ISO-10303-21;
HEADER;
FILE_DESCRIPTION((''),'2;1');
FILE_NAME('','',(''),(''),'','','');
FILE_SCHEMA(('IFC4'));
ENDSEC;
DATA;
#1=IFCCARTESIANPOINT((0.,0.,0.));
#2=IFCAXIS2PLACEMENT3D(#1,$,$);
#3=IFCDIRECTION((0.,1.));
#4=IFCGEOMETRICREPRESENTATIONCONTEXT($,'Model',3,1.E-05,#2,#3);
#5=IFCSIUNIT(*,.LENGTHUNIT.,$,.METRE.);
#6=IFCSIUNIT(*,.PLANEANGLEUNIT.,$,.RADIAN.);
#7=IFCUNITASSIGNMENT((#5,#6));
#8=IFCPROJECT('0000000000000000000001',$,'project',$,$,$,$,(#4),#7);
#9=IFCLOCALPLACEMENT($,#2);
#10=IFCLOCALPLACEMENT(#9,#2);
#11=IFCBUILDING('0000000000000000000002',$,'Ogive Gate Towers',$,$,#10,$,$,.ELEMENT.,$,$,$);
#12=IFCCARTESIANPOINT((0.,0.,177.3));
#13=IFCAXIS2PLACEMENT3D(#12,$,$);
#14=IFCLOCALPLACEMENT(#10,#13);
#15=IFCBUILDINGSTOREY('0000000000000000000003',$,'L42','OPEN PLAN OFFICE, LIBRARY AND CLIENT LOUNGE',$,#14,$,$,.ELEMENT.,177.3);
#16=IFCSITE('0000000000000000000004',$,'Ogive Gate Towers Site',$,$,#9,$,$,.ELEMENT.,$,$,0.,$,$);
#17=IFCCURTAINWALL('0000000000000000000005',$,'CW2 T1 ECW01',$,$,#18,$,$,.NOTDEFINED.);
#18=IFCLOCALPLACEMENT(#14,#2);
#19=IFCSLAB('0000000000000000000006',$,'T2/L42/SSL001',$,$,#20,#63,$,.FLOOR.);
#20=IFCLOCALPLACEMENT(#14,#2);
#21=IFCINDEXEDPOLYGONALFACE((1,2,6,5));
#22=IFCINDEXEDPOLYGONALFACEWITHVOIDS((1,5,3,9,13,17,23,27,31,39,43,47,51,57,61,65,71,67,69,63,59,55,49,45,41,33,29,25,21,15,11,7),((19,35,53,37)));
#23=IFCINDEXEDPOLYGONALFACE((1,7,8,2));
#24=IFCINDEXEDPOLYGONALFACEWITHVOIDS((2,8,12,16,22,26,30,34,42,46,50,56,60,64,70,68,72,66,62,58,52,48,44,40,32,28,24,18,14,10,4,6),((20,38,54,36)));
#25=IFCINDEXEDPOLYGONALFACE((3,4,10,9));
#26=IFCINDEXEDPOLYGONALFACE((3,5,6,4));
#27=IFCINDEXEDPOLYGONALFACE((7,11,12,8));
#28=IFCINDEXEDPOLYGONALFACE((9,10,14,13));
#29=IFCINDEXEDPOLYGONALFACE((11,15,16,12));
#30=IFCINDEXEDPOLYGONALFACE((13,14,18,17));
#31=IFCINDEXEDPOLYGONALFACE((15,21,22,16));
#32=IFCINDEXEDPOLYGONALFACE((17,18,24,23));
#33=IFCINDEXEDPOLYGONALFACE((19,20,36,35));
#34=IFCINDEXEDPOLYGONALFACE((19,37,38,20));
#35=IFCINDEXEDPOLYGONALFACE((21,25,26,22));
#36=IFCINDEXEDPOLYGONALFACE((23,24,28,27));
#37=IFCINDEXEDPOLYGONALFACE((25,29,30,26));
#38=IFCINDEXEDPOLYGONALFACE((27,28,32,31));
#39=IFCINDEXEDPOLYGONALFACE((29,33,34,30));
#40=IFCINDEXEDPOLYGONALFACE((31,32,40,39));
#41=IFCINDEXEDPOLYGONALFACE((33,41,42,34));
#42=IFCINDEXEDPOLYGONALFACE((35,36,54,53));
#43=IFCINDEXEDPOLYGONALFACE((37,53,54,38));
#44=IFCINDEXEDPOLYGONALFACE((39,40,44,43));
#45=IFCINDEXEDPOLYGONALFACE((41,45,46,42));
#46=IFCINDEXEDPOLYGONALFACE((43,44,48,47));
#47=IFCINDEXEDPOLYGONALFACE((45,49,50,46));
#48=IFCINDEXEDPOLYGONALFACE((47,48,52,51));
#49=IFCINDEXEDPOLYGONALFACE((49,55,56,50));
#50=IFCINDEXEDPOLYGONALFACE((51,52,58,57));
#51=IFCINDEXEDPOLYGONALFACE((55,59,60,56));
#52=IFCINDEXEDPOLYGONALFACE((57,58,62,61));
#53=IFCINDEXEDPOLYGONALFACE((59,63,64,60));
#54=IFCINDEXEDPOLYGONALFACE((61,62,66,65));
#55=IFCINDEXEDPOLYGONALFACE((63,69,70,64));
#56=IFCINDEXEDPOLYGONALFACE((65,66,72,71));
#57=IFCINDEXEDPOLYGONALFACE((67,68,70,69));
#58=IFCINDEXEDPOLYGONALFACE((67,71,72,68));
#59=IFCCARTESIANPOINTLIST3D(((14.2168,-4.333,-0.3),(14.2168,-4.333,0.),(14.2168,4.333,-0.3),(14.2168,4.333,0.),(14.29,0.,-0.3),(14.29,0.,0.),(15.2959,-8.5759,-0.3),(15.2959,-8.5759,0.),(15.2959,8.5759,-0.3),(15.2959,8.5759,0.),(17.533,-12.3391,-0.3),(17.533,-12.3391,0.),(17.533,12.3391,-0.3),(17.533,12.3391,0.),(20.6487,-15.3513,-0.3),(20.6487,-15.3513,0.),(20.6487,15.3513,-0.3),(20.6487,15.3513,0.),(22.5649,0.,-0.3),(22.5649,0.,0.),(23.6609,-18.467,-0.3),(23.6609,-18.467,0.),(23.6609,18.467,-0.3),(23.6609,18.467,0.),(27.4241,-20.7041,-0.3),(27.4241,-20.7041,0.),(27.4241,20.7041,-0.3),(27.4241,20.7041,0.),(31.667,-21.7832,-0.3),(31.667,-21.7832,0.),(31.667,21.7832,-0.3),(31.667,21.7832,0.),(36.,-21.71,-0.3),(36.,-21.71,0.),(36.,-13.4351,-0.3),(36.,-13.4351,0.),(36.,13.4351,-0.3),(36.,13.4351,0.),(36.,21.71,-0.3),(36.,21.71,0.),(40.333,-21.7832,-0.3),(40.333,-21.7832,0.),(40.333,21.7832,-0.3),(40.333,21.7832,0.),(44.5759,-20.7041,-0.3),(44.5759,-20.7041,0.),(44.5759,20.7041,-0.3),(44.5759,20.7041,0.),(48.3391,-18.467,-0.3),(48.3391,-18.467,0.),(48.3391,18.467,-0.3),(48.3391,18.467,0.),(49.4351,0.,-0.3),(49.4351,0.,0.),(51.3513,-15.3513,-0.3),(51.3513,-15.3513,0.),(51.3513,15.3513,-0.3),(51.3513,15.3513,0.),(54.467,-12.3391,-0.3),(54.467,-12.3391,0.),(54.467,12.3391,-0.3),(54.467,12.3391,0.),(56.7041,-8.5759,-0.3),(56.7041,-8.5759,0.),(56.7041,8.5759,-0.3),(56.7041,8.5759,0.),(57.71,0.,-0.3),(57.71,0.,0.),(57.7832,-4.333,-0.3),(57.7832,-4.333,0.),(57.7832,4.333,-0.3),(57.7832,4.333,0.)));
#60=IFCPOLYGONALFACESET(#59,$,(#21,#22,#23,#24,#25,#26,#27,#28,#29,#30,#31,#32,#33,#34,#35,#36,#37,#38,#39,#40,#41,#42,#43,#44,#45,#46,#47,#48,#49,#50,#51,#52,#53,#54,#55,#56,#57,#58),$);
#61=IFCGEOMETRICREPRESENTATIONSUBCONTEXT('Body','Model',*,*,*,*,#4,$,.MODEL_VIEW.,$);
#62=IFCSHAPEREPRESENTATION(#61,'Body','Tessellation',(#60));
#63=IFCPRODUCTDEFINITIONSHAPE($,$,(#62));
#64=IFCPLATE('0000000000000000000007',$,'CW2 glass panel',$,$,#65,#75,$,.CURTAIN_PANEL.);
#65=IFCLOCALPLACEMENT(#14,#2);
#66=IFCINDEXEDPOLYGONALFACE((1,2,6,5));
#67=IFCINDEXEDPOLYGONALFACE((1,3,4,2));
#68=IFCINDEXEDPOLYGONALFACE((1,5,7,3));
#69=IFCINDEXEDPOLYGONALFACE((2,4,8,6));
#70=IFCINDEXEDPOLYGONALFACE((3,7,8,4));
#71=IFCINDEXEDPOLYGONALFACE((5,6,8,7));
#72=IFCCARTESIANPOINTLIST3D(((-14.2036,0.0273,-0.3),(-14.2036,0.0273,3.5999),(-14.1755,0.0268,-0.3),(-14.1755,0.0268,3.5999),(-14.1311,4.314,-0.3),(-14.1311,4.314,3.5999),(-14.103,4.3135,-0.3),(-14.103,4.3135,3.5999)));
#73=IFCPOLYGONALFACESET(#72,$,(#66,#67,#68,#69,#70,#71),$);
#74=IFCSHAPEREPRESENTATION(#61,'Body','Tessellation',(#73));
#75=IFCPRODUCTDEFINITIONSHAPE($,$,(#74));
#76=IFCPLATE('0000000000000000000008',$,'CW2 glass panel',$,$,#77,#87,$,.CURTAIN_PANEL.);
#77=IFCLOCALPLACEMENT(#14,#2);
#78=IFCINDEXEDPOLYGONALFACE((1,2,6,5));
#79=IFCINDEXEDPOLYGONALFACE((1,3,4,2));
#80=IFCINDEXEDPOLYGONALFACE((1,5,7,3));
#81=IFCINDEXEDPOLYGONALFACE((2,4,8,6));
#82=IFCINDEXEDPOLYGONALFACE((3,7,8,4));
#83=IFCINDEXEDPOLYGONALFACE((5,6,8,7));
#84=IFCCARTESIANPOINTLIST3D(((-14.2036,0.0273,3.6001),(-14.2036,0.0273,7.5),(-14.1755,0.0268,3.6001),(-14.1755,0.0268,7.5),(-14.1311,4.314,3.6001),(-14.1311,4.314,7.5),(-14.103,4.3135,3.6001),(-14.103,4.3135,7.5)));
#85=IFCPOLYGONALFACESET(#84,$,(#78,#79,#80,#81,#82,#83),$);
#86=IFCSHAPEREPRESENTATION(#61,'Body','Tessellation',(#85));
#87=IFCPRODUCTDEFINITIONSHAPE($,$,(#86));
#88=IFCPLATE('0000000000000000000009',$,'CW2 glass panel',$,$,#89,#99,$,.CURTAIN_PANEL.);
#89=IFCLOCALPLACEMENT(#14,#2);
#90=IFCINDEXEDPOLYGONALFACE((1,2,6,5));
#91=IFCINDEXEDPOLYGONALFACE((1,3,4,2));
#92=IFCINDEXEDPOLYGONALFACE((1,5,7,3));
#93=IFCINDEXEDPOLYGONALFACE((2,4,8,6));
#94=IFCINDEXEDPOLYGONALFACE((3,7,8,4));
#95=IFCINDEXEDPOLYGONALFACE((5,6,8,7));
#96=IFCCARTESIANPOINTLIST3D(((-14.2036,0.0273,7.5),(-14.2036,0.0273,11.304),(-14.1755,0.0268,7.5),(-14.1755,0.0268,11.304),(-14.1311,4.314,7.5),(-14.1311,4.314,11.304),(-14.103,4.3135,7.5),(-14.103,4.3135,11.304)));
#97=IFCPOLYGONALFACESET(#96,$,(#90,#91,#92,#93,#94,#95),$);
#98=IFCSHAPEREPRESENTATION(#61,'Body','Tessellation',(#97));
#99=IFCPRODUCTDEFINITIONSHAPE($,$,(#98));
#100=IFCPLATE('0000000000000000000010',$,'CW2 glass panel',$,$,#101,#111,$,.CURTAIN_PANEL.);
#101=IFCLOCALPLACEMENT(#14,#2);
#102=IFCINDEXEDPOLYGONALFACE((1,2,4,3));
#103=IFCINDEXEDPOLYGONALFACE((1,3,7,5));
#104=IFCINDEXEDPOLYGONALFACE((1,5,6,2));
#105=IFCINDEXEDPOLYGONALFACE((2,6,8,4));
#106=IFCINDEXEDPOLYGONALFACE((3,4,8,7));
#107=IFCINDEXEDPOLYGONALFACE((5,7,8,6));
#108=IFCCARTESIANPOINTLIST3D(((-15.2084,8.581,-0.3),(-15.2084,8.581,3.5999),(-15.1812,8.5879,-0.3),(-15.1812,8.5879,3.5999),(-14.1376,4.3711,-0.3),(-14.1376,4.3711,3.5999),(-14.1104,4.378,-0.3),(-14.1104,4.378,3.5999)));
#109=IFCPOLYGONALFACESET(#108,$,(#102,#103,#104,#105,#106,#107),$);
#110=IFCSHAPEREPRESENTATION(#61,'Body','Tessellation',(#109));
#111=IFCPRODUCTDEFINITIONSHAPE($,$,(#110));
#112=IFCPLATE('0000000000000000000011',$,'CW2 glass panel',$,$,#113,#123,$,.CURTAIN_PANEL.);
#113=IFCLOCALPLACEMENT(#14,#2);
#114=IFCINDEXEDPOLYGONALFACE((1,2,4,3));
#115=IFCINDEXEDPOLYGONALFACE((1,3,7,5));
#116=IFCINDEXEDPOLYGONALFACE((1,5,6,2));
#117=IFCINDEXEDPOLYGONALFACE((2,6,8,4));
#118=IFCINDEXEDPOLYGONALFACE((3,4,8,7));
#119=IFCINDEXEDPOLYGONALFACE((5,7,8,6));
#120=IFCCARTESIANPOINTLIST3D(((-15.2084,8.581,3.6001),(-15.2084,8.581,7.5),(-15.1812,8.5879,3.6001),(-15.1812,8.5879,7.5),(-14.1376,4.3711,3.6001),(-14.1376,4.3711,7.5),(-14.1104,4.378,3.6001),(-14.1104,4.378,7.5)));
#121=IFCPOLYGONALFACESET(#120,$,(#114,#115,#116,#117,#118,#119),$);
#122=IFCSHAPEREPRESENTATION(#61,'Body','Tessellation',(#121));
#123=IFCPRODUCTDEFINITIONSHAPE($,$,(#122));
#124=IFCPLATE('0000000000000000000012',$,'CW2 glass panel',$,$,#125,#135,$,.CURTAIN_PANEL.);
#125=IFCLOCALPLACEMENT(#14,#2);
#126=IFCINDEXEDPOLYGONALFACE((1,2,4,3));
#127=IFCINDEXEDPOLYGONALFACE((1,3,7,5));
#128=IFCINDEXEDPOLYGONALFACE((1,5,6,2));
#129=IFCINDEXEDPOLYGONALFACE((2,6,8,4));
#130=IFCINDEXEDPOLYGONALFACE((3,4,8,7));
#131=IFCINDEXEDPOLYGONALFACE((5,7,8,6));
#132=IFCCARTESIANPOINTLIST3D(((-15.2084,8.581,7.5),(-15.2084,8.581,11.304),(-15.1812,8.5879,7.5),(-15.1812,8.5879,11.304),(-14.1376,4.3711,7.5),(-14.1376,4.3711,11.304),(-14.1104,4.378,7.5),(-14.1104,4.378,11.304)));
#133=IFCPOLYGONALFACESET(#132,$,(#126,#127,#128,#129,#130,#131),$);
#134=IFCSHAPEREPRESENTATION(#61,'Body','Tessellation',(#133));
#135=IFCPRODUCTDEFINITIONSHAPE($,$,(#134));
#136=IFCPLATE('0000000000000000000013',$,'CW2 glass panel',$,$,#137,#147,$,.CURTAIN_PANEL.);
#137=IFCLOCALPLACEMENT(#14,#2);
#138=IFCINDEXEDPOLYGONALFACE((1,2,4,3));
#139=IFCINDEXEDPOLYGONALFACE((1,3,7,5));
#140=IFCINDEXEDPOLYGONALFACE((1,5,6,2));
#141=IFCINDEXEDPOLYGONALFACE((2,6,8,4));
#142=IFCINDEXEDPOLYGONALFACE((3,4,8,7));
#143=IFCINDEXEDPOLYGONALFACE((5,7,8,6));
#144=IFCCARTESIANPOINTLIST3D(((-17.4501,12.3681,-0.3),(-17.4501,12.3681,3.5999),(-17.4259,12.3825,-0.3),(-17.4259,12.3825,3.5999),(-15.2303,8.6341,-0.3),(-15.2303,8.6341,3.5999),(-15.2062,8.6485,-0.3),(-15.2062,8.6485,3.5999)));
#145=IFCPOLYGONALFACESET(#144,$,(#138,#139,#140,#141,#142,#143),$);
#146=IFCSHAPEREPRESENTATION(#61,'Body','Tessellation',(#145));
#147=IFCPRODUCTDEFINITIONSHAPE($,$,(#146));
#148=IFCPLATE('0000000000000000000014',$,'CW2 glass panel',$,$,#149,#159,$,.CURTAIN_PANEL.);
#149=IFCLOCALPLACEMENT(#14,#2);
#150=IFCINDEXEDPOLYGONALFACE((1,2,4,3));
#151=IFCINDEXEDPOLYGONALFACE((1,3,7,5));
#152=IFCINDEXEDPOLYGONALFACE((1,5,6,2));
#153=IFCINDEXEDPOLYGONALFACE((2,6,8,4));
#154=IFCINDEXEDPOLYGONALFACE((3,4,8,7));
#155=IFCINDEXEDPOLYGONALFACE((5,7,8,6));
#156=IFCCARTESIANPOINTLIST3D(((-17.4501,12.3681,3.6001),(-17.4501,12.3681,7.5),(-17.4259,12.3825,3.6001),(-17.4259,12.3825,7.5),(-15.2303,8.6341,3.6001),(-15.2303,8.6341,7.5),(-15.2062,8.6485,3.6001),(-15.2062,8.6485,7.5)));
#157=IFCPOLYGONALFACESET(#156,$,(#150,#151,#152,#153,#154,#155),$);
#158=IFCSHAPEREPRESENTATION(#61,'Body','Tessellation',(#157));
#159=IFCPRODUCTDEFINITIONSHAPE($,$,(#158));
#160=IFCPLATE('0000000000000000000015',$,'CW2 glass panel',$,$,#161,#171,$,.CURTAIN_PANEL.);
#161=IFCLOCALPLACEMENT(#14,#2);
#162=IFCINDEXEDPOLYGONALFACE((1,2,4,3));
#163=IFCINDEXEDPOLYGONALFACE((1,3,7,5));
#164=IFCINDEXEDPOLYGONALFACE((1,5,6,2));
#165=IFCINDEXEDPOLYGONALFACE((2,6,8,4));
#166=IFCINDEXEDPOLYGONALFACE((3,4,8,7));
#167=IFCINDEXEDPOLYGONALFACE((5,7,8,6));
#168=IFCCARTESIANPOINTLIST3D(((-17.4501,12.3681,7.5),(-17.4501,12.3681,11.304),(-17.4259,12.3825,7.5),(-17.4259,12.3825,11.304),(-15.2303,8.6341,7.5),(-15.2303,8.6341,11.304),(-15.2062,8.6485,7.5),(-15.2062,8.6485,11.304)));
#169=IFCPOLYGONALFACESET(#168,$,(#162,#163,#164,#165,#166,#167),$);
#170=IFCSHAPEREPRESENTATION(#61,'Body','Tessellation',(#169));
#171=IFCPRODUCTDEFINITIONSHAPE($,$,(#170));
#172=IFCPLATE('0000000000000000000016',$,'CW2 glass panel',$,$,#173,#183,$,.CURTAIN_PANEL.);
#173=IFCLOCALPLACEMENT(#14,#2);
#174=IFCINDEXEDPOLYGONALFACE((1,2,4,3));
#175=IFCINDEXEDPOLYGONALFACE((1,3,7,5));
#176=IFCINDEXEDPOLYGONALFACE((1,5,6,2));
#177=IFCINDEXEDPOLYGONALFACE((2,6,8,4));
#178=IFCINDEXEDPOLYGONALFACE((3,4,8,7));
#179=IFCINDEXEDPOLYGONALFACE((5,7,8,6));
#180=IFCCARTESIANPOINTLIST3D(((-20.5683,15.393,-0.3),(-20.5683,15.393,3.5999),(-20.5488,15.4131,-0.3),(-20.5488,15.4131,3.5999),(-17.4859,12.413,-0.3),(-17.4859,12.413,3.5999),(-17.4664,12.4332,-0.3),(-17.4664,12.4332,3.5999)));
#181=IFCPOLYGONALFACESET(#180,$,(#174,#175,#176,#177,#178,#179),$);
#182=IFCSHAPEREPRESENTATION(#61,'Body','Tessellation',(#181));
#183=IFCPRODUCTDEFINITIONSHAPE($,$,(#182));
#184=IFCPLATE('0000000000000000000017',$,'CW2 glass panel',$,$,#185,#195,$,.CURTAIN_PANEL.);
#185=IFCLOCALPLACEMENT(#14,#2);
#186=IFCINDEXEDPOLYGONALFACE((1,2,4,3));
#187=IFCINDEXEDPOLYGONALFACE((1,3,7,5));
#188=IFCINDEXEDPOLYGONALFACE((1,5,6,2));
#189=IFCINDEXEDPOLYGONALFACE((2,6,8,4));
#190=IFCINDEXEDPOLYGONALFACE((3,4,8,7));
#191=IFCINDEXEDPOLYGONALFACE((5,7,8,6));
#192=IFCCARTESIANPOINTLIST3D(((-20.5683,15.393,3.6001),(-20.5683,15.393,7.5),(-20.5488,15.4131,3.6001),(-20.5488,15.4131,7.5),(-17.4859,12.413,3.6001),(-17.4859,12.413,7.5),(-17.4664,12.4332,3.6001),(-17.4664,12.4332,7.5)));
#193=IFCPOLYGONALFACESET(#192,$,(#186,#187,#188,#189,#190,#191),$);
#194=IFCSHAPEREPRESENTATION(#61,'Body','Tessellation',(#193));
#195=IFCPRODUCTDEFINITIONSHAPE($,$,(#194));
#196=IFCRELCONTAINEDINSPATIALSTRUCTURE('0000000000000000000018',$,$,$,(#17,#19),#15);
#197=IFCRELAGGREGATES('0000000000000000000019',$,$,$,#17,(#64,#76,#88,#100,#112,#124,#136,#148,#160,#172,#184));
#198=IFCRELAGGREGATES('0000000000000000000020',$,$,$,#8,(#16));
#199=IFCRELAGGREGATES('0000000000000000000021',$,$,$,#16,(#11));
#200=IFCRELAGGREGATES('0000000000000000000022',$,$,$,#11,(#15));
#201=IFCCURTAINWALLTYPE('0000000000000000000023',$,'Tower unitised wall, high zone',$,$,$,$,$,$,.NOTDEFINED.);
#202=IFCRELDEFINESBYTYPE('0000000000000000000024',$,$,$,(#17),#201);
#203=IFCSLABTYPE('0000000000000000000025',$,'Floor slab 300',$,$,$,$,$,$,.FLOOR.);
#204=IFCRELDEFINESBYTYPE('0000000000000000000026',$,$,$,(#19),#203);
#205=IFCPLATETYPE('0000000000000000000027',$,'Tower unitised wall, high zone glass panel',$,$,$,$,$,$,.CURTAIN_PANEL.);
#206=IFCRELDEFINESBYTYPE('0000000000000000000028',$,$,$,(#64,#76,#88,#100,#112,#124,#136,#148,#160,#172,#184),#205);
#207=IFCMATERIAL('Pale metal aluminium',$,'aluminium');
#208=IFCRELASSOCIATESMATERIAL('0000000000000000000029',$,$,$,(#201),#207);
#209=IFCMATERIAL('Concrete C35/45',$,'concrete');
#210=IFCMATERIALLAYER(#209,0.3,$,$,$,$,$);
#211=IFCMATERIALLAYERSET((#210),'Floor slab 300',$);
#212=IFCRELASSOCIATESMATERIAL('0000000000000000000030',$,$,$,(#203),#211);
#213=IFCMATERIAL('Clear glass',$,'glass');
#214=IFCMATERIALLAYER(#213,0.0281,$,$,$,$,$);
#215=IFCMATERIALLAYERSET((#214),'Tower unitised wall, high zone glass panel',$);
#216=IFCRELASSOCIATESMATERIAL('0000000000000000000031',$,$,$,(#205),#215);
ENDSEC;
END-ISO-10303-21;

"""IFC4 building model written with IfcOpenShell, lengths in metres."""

from ifc_helpers import new_model, si_unit, direction, frame, origin, origin_2d, place, context, subcontext, project, spatial, polyline, rectangle, outline, extrude, material, layer, layer_set, type_object, element, aggregate, save


model = new_model("IFC4")

# Units and contexts
model_context = context("Model", 3, precision=1e-05, world=origin(), true_north=direction((0.0, 1.0)))
body_context = subcontext(model_context, "Body", "Model", "MODEL_VIEW")
ifc_project = project(units=[si_unit("LENGTHUNIT", "METRE"), si_unit("PLANEANGLEUNIT", "RADIAN")], contexts=[model_context])

# Site, building, storey
site_placement = place(None, origin())
site = spatial("IfcSite", under=ifc_project, at=site_placement, Name="Ogive Gate Towers Site", CompositionType="ELEMENT", RefElevation=0.0)
building_placement = place(site_placement, origin())
building = spatial("IfcBuilding", under=site, at=building_placement, Name="Ogive Gate Towers", CompositionType="ELEMENT")
storey_placement = place(building_placement, frame((0.0, 0.0, 177.3)))
storey = spatial("IfcBuildingStorey", under=building, at=storey_placement, Name="L42", Description="OPEN PLAN OFFICE, LIBRARY AND CLIENT LOUNGE", CompositionType="ELEMENT", Elevation=177.3)

# Curtain wall
ifc_material_1 = material(Name="Pale metal aluminium", Category="aluminium")
curtain_wall_type = type_object("IfcCurtainWallType", Name="Tower unitised wall, high zone", PredefinedType="NOTDEFINED", material=ifc_material_1)
curtain_wall_1_placement = place(storey_placement, origin())
curtain_wall_1 = element("IfcCurtainWall", 1, at=curtain_wall_1_placement, inside=storey, type_object=curtain_wall_type, Name="CW2 T1 ECW01", PredefinedType="NOTDEFINED")

# Slab
ifc_material_2 = material(Name="Concrete C35/45", Category="concrete")
ifc_layer_1 = layer(ifc_material_2, 0.3)
ifc_layer_set_1 = layer_set([ifc_layer_1], Name="Floor slab 300")
slab_type_1 = type_object("IfcSlabType", Name="Floor slab 300", PredefinedType="FLOOR", material=ifc_layer_set_1)
slab_1_placement = place(storey_placement, frame((0.0, 0.0, -0.3)))
element("IfcSlab", 2, at=slab_1_placement, inside=storey, type_object=slab_type_1, Name="T2/L42/SSL001", PredefinedType="FLOOR", context=body_context, shape_type="SweptSolid", body=[
    extrude(outline(polyline([(57.7832, -4.333), (57.71, 0.0), (57.7832, 4.333), (56.7041, 8.5759), (54.467, 12.3391), (51.3513, 15.3513), (48.3391, 18.467), (44.5759, 20.7041), (40.333, 21.7832), (36.0, 21.71), (31.667, 21.7832), (27.4241, 20.7041), (23.6609, 18.467), (20.6487, 15.3513), (17.533, 12.3391), (15.2959, 8.5759), (14.2168, 4.333), (14.29, 0.0), (14.2168, -4.333), (15.2959, -8.5759), (17.533, -12.3391), (20.6487, -15.3513), (23.6609, -18.467), (27.4241, -20.7041), (31.667, -21.7832), (36.0, -21.71), (40.333, -21.7832), (44.5759, -20.7041), (48.3391, -18.467), (51.3513, -15.3513), (54.467, -12.3391), (56.7041, -8.5759), (57.7832, -4.333)]), holes=[polyline([(49.4351, 0.0), (36.0, -13.4351), (22.5649, 0.0), (36.0, 13.4351), (49.4351, 0.0)])]), origin(), (0.0, 0.0, 1.0), 0.3),
])

# Plates
ifc_material_3 = material(Name="Clear glass", Category="glass")
ifc_layer_2 = layer(ifc_material_3, 0.0281)
ifc_layer_set_2 = layer_set([ifc_layer_2], Name="Tower unitised wall, high zone glass panel")
plate_type = type_object("IfcPlateType", Name="Tower unitised wall, high zone glass panel", PredefinedType="CURTAIN_PANEL", material=ifc_layer_set_2)
plate_1_placement = place(storey_placement, frame((-14.1533, 2.1704, -0.3), z_axis=(0.0, 0.0, 1.0), x_axis=(0.016911, 0.999857, 0.0)))
plate_1 = element("IfcPlate", 3, at=plate_1_placement, type_object=plate_type, Name="CW2 glass panel", PredefinedType="CURTAIN_PANEL", context=body_context, shape_type="SweptSolid", body=[
    extrude(rectangle(XDim=4.2874, YDim=0.0281, at=origin_2d()), origin(), (0.0, 0.0, 1.0), 3.8999),
])
plate_2_placement = place(storey_placement, frame((-14.1533, 2.1704, 3.6001), z_axis=(0.0, 0.0, 1.0), x_axis=(0.016911, 0.999857, 0.0)))
plate_2 = element("IfcPlate", 4, at=plate_2_placement, type_object=plate_type, Name="CW2 glass panel", PredefinedType="CURTAIN_PANEL", context=body_context, shape_type="SweptSolid", body=[
    extrude(rectangle(XDim=4.2874, YDim=0.0281, at=origin_2d()), origin(), (0.0, 0.0, 1.0), 3.8999),
])
plate_3_placement = place(storey_placement, frame((-14.1533, 2.1704, 7.5), z_axis=(0.0, 0.0, 1.0), x_axis=(0.016911, 0.999857, 0.0)))
plate_3 = element("IfcPlate", 5, at=plate_3_placement, type_object=plate_type, Name="CW2 glass panel", PredefinedType="CURTAIN_PANEL", context=body_context, shape_type="SweptSolid", body=[
    extrude(rectangle(XDim=4.2874, YDim=0.0281, at=origin_2d()), origin(), (0.0, 0.0, 1.0), 3.804),
])
plate_4_placement = place(storey_placement, frame((-14.6594, 6.4795, -0.3), z_axis=(0.0, 0.0, 1.0), x_axis=(-0.246492, 0.969145, 0.0)))
plate_4 = element("IfcPlate", 6, at=plate_4_placement, type_object=plate_type, Name="CW2 glass panel", PredefinedType="CURTAIN_PANEL", context=body_context, shape_type="SweptSolid", body=[
    extrude(rectangle(XDim=4.344, YDim=0.0281, at=origin_2d()), origin(), (0.0, 0.0, 1.0), 3.8999),
])
plate_5_placement = place(storey_placement, frame((-14.6594, 6.4795, 3.6001), z_axis=(0.0, 0.0, 1.0), x_axis=(-0.246492, 0.969145, 0.0)))
plate_5 = element("IfcPlate", 7, at=plate_5_placement, type_object=plate_type, Name="CW2 glass panel", PredefinedType="CURTAIN_PANEL", context=body_context, shape_type="SweptSolid", body=[
    extrude(rectangle(XDim=4.344, YDim=0.0281, at=origin_2d()), origin(), (0.0, 0.0, 1.0), 3.8999),
])
plate_6_placement = place(storey_placement, frame((-14.6594, 6.4795, 7.5), z_axis=(0.0, 0.0, 1.0), x_axis=(-0.246492, 0.969145, 0.0)))
plate_6 = element("IfcPlate", 8, at=plate_6_placement, type_object=plate_type, Name="CW2 glass panel", PredefinedType="CURTAIN_PANEL", context=body_context, shape_type="SweptSolid", body=[
    extrude(rectangle(XDim=4.344, YDim=0.0281, at=origin_2d()), origin(), (0.0, 0.0, 1.0), 3.804),
])
plate_7_placement = place(storey_placement, frame((-16.3281, 10.5083, -0.3), z_axis=(0.0, 0.0, 1.0), x_axis=(-0.510993, 0.859585, 0.0)))
plate_7 = element("IfcPlate", 9, at=plate_7_placement, type_object=plate_type, Name="CW2 glass panel", PredefinedType="CURTAIN_PANEL", context=body_context, shape_type="SweptSolid", body=[
    extrude(rectangle(XDim=4.344, YDim=0.0281, at=origin_2d()), origin(), (0.0, 0.0, 1.0), 3.8999),
])
plate_8_placement = place(storey_placement, frame((-16.3281, 10.5083, 3.6001), z_axis=(0.0, 0.0, 1.0), x_axis=(-0.510993, 0.859585, 0.0)))
plate_8 = element("IfcPlate", 10, at=plate_8_placement, type_object=plate_type, Name="CW2 glass panel", PredefinedType="CURTAIN_PANEL", context=body_context, shape_type="SweptSolid", body=[
    extrude(rectangle(XDim=4.344, YDim=0.0281, at=origin_2d()), origin(), (0.0, 0.0, 1.0), 3.8999),
])
plate_9_placement = place(storey_placement, frame((-16.3281, 10.5083, 7.5), z_axis=(0.0, 0.0, 1.0), x_axis=(-0.510993, 0.859585, 0.0)))
plate_9 = element("IfcPlate", 11, at=plate_9_placement, type_object=plate_type, Name="CW2 glass panel", PredefinedType="CURTAIN_PANEL", context=body_context, shape_type="SweptSolid", body=[
    extrude(rectangle(XDim=4.344, YDim=0.0281, at=origin_2d()), origin(), (0.0, 0.0, 1.0), 3.804),
])
plate_10_placement = place(storey_placement, frame((-19.0173, 13.9131, -0.3), z_axis=(0.0, 0.0, 1.0), x_axis=(-0.718964, 0.695047, 0.0)))
plate_10 = element("IfcPlate", 12, at=plate_10_placement, type_object=plate_type, Name="CW2 glass panel", PredefinedType="CURTAIN_PANEL", context=body_context, shape_type="SweptSolid", body=[
    extrude(rectangle(XDim=4.2874, YDim=0.0281, at=origin_2d()), origin(), (0.0, 0.0, 1.0), 3.8999),
])
plate_11_placement = place(storey_placement, frame((-19.0173, 13.9131, 3.6001), z_axis=(0.0, 0.0, 1.0), x_axis=(-0.718964, 0.695047, 0.0)))
plate_11 = element("IfcPlate", 13, at=plate_11_placement, type_object=plate_type, Name="CW2 glass panel", PredefinedType="CURTAIN_PANEL", context=body_context, shape_type="SweptSolid", body=[
    extrude(rectangle(XDim=4.2874, YDim=0.0281, at=origin_2d()), origin(), (0.0, 0.0, 1.0), 3.8999),
])
aggregate(curtain_wall_1, [plate_1, plate_2, plate_3, plate_4, plate_5, plate_6, plate_7, plate_8, plate_9, plate_10, plate_11])

save(model, "model.ifc")
